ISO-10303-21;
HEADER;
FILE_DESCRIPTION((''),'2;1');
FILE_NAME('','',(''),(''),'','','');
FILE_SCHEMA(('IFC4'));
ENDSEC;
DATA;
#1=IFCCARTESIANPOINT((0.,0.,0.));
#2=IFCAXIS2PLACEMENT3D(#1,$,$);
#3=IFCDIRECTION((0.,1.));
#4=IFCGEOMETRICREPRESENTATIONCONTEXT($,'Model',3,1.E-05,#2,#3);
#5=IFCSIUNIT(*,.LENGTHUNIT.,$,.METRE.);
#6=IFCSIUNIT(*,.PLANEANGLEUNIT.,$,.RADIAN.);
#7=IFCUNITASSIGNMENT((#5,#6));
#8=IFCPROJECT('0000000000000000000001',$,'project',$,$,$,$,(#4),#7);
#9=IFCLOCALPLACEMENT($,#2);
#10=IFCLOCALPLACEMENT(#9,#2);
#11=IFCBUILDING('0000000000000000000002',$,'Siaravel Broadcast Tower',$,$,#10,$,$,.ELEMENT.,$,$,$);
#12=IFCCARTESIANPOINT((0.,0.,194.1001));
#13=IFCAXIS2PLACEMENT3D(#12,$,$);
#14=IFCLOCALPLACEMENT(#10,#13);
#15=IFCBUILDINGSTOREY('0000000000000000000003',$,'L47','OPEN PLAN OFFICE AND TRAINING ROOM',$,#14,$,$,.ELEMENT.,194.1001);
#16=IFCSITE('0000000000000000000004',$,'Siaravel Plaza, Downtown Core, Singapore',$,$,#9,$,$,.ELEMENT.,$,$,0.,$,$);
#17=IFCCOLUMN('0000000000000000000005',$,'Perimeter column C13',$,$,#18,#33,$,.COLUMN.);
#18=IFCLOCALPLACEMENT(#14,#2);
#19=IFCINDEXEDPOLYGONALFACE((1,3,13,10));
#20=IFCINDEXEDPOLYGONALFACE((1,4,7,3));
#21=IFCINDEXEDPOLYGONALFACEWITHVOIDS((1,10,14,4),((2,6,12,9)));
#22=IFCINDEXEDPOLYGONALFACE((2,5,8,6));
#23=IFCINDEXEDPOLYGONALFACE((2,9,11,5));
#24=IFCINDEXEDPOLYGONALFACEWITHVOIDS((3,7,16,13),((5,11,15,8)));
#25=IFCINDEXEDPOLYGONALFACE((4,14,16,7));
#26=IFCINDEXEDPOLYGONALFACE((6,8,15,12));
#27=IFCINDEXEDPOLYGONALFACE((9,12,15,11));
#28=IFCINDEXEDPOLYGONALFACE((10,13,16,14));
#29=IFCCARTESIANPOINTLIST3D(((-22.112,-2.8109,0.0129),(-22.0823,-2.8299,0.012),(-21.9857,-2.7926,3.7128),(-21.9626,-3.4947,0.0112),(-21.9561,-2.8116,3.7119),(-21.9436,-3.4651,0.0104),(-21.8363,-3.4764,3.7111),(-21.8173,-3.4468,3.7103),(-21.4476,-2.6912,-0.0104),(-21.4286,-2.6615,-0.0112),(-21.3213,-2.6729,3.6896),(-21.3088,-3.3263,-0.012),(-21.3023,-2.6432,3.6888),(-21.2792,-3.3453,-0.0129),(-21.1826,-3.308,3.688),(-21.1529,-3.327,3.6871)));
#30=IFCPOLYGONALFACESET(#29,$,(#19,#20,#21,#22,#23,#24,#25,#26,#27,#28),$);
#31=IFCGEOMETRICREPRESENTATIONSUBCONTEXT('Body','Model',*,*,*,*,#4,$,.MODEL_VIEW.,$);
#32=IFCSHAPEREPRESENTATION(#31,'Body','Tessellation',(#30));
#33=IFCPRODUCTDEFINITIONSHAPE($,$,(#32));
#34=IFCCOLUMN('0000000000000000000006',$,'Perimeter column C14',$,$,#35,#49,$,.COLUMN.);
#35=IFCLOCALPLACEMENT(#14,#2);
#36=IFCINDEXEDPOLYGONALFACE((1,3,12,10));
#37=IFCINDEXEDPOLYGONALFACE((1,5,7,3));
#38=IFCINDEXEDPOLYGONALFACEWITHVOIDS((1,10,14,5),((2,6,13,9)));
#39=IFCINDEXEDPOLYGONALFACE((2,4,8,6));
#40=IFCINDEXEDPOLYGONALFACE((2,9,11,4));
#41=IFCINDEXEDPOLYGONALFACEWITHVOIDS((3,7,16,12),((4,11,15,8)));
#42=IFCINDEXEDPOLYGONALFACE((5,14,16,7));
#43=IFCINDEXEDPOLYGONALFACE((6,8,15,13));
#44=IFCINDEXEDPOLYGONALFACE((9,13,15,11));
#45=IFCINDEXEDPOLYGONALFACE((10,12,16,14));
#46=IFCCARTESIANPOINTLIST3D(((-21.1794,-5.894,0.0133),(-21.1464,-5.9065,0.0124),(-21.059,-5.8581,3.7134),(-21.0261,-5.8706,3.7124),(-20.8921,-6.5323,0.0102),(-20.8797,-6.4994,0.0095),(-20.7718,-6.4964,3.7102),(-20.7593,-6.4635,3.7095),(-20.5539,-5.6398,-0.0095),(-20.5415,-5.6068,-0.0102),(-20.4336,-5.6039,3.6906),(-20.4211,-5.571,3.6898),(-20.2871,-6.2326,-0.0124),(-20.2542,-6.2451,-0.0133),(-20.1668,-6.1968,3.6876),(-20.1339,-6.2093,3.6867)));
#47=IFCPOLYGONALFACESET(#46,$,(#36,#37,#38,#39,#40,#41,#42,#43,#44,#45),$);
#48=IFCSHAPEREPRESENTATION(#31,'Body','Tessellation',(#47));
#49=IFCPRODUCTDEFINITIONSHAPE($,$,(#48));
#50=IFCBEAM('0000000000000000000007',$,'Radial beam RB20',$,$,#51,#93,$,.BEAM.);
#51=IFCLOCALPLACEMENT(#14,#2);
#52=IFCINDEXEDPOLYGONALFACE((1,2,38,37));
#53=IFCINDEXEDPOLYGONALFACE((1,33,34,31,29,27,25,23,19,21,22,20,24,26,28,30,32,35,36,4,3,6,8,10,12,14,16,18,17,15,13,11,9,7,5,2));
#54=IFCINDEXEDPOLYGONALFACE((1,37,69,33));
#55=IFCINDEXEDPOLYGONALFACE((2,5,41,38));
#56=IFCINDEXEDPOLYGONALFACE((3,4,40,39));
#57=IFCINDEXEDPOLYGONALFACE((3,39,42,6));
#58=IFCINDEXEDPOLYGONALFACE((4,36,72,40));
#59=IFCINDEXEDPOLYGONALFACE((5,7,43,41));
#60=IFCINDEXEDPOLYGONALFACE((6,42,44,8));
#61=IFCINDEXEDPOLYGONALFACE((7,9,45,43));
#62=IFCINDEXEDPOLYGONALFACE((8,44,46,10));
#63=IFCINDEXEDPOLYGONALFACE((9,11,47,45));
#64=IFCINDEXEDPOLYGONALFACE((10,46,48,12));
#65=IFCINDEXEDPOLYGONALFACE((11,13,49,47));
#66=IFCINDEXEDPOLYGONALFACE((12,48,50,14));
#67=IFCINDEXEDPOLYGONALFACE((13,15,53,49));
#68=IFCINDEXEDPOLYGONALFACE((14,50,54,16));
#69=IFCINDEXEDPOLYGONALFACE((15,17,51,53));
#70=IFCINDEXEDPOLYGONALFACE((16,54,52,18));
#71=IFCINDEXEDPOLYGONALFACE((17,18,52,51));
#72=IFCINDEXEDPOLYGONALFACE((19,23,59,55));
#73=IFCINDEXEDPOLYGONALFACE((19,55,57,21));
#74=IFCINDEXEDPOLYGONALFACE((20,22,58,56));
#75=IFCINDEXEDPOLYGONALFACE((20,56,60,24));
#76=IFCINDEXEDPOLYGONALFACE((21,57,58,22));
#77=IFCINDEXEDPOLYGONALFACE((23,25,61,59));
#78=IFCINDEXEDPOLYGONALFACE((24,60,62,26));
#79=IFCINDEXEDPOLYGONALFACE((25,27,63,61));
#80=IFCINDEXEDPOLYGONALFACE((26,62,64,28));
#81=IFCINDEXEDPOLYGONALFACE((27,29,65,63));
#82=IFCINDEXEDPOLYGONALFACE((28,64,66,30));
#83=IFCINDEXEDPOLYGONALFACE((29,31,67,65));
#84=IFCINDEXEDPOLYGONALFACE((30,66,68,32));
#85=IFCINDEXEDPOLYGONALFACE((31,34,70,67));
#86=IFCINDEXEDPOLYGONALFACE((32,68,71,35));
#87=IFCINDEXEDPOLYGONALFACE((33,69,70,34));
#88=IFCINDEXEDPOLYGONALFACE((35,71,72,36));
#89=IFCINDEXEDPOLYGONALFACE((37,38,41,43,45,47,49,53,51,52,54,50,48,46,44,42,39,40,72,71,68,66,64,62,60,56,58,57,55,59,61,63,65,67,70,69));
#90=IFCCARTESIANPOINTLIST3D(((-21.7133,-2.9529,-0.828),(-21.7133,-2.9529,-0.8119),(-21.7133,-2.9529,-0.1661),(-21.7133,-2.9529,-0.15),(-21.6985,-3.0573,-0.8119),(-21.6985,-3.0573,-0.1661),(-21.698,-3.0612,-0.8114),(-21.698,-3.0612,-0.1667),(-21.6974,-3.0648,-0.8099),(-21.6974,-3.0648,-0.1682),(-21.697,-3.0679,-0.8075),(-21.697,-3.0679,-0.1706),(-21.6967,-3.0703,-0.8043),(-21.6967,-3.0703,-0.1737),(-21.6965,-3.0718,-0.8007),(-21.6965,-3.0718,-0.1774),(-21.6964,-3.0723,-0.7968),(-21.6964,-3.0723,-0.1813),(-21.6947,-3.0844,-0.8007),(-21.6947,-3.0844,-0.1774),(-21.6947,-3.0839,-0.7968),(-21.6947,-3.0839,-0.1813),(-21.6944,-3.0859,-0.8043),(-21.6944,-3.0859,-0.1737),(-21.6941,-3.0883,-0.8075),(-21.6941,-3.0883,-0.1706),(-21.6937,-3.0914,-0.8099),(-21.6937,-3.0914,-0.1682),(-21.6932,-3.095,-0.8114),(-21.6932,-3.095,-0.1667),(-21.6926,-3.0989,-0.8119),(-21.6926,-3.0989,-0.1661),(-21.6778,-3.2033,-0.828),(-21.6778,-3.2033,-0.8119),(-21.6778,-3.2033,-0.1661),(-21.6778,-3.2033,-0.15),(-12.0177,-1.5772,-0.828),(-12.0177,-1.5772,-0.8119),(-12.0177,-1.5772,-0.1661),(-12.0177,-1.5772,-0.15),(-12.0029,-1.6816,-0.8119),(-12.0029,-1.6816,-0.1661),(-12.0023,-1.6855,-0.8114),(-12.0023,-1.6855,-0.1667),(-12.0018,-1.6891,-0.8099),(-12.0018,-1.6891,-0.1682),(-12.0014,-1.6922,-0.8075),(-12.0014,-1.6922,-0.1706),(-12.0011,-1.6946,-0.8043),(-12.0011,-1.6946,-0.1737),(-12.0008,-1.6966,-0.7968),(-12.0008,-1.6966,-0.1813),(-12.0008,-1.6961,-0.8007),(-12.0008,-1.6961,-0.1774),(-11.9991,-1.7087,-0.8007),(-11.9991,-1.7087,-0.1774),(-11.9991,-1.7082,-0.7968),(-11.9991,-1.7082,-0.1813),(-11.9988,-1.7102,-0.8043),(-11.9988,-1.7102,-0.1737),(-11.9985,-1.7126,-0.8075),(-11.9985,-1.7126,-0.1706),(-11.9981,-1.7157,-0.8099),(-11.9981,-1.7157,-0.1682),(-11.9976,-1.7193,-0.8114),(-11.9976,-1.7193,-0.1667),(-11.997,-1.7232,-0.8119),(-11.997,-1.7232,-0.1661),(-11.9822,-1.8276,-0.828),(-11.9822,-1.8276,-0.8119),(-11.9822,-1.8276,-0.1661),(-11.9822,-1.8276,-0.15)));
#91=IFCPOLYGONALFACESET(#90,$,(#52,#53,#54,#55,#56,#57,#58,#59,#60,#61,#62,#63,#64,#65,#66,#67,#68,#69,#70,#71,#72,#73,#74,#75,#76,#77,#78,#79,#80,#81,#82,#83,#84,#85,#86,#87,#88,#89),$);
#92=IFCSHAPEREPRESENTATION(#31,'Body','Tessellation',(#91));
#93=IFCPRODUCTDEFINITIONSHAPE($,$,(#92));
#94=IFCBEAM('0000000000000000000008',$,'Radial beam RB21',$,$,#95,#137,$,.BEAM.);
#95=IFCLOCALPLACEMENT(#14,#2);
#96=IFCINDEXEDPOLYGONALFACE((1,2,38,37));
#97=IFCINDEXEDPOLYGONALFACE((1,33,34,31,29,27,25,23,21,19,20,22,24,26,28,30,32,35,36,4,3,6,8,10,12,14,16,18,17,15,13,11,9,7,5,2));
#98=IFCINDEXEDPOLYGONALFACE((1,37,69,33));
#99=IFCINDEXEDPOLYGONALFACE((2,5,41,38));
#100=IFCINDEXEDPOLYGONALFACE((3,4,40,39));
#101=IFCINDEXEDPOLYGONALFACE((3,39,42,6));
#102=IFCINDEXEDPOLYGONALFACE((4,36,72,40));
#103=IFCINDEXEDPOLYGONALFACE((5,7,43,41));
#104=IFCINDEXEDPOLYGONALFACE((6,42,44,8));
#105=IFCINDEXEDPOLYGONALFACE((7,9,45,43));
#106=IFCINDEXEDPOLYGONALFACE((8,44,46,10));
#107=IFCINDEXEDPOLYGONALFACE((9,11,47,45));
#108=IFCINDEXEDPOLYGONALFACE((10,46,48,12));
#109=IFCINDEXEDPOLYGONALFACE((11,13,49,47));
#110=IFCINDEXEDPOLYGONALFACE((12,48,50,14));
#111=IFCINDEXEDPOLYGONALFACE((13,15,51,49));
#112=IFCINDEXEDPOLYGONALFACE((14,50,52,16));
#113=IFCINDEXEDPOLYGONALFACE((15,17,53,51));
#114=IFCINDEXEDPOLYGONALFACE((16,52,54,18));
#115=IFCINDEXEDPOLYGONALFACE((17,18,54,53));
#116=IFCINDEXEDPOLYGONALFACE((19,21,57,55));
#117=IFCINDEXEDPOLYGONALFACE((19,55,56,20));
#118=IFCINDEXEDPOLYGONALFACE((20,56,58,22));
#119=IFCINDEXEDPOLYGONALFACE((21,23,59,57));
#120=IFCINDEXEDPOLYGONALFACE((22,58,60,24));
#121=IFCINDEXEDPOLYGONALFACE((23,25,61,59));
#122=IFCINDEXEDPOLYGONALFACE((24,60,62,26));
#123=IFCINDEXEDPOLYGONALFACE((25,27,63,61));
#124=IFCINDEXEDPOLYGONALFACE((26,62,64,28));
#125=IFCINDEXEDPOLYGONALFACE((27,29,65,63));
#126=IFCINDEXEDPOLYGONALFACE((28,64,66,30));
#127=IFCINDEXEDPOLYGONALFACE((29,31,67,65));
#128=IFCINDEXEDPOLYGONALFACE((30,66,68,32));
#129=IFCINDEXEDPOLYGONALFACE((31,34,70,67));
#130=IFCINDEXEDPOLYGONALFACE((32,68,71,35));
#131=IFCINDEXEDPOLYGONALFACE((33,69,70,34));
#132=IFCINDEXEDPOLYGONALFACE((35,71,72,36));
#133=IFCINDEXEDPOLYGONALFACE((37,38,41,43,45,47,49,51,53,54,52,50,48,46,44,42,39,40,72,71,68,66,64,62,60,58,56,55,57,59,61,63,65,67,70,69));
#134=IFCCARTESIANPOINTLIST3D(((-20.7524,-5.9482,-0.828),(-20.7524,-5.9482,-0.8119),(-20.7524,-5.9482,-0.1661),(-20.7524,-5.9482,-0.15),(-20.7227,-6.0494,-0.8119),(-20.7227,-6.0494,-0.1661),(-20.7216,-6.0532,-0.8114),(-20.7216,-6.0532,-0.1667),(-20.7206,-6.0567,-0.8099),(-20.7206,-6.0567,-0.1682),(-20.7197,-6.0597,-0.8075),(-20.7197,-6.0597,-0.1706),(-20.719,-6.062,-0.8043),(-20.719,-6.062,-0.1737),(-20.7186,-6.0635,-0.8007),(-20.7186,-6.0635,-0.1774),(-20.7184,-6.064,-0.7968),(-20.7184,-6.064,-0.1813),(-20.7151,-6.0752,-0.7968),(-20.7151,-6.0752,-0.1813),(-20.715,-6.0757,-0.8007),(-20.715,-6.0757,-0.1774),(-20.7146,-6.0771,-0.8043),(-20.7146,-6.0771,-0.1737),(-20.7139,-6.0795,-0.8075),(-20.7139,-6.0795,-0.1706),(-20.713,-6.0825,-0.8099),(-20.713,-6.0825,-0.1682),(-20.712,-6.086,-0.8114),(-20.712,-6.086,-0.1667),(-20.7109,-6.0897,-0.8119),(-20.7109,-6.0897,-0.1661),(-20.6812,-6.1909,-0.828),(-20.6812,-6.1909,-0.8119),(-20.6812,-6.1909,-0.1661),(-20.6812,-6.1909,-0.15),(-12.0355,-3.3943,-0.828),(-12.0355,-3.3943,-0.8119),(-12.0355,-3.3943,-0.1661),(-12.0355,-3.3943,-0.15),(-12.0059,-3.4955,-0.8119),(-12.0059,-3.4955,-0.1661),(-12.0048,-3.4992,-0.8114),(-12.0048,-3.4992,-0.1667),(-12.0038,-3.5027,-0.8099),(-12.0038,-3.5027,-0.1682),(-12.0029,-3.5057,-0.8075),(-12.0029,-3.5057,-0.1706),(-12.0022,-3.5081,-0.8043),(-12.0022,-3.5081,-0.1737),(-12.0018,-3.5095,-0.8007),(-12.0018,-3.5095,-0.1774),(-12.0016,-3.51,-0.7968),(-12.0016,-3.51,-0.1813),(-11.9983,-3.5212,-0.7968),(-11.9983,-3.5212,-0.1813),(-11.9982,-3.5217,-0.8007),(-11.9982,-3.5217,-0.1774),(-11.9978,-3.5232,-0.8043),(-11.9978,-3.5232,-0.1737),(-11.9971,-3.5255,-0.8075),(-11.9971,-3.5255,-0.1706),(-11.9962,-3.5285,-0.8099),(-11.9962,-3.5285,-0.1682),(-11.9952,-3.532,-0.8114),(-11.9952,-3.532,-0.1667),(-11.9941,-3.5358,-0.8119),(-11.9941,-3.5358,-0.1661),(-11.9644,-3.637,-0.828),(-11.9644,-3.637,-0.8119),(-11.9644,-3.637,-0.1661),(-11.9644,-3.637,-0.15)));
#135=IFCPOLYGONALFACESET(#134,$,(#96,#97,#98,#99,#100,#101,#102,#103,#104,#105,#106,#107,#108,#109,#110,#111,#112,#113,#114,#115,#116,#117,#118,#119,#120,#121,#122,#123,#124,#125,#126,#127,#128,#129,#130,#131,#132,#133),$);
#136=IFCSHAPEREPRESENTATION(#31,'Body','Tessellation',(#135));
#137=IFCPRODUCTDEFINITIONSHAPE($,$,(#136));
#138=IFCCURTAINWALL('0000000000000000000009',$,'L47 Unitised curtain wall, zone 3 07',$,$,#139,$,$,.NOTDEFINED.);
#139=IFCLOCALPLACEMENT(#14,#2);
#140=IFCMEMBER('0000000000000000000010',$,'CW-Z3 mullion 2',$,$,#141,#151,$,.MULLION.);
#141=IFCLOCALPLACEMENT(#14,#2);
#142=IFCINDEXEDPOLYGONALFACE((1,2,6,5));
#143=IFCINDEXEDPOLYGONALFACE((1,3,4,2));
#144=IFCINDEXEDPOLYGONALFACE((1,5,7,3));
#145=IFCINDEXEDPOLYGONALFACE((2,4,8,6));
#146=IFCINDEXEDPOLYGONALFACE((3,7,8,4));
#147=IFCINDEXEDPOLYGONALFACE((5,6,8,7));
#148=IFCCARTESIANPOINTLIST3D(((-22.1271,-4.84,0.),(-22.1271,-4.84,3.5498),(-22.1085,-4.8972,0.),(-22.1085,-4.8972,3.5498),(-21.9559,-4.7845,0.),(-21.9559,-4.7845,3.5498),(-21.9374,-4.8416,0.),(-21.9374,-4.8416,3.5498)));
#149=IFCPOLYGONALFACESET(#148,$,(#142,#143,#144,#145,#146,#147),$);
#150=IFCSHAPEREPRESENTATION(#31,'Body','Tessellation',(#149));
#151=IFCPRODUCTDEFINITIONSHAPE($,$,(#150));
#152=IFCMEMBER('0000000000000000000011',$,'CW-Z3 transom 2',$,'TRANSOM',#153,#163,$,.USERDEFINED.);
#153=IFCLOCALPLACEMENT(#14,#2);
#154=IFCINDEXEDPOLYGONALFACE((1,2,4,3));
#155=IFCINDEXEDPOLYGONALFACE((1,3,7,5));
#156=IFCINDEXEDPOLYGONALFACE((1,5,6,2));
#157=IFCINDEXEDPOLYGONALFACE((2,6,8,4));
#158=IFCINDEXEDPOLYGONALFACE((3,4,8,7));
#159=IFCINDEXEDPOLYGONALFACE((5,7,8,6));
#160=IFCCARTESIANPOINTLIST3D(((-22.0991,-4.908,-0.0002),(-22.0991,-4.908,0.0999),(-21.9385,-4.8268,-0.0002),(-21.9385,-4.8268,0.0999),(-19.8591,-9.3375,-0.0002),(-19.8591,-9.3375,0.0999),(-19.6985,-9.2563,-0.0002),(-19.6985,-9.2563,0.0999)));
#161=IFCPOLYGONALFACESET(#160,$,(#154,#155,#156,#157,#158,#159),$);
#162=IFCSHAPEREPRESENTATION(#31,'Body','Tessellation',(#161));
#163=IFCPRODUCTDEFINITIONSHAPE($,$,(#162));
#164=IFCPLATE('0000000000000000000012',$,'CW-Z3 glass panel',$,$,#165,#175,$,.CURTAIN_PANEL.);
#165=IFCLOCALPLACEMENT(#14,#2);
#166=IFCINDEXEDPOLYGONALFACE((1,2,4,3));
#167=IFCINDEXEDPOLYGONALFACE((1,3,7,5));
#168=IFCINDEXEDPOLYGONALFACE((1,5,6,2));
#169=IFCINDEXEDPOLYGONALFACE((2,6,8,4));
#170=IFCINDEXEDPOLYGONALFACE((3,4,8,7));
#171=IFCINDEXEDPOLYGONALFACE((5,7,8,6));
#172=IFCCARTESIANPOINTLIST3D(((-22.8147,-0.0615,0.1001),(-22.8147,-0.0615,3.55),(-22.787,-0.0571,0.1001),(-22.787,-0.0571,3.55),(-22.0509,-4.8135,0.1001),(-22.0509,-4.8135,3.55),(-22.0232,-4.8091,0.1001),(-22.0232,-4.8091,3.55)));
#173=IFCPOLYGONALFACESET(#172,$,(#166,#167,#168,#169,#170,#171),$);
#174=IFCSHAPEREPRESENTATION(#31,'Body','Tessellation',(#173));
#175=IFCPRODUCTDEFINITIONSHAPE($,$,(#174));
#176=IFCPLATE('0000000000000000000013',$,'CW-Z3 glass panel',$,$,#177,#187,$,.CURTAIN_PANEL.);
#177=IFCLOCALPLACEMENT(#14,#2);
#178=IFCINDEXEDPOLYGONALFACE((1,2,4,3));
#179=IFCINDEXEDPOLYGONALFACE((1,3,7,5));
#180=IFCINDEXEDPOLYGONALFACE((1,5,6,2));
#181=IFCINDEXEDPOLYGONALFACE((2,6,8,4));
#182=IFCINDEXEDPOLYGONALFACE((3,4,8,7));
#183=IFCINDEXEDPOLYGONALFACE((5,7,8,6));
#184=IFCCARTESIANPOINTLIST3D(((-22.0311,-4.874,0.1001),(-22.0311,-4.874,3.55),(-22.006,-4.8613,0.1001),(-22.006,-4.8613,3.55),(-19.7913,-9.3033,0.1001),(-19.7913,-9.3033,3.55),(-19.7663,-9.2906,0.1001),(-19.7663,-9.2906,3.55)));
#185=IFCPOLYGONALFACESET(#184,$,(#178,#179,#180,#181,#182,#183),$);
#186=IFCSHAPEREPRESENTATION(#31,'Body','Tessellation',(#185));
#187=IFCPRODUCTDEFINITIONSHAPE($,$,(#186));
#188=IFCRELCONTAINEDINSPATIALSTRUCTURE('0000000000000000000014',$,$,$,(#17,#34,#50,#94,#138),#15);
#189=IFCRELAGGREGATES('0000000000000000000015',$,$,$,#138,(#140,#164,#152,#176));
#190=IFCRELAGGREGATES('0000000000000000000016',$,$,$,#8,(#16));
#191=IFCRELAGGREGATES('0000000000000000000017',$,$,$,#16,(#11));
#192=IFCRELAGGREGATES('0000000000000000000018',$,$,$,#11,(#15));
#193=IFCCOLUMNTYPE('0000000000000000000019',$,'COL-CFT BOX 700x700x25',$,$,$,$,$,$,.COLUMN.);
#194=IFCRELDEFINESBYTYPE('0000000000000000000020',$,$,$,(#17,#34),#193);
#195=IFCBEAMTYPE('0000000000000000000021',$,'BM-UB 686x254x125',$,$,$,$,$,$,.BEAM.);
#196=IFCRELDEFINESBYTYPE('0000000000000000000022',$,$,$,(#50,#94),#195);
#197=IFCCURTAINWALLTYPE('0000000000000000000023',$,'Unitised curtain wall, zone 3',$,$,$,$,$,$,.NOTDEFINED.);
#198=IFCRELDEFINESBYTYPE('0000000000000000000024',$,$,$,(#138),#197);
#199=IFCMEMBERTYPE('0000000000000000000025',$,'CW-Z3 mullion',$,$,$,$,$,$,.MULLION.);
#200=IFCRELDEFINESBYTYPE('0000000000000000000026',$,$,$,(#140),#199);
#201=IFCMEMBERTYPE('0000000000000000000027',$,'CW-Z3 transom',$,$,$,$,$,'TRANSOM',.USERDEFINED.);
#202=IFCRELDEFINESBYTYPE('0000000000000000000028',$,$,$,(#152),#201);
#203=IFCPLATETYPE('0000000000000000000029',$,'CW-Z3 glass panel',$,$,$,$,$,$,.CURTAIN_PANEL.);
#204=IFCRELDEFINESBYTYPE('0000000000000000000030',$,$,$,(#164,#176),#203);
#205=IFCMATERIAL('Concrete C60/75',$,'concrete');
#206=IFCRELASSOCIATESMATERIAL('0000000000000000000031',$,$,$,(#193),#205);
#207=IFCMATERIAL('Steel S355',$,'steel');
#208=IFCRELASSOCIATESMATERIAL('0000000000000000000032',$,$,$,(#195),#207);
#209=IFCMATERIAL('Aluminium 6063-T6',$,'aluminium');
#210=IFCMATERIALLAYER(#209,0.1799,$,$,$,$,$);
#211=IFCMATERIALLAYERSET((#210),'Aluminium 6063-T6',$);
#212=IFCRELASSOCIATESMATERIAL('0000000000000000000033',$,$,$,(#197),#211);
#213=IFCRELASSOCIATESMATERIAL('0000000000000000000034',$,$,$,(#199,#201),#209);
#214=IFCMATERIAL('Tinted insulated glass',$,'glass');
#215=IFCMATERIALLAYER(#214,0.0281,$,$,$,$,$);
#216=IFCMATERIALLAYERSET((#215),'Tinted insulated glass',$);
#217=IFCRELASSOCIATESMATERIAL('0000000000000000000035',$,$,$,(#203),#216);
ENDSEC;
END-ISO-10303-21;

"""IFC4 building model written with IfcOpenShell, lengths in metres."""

from ifc_helpers import new_model, si_unit, direction, frame, origin, origin_2d, place, context, subcontext, project, spatial, rectangle, hollow_rectangle, i_section, extrude, material, layer, layer_set, material_profile, profile_set, type_object, element, aggregate, save


model = new_model("IFC4")

# Units and contexts
model_context = context("Model", 3, precision=1e-05, world=origin(), true_north=direction((0.0, 1.0)))
body_context = subcontext(model_context, "Body", "Model", "MODEL_VIEW")
ifc_project = project(units=[si_unit("LENGTHUNIT", "METRE"), si_unit("PLANEANGLEUNIT", "RADIAN")], contexts=[model_context])

# Site, building, storey
site_placement = place(None, origin())
site = spatial("IfcSite", under=ifc_project, at=site_placement, Name="Siaravel Plaza, Downtown Core, Singapore", CompositionType="ELEMENT", RefElevation=0.0)
building_placement = place(site_placement, origin())
building = spatial("IfcBuilding", under=site, at=building_placement, Name="Siaravel Broadcast Tower", CompositionType="ELEMENT")
storey_placement = place(building_placement, frame((0.0, 0.0, 194.1001)))
storey = spatial("IfcBuildingStorey", under=building, at=storey_placement, Name="L47", Description="OPEN PLAN OFFICE AND TRAINING ROOM", CompositionType="ELEMENT", Elevation=194.1001)

# Columns
ifc_material_1 = material(Name="Concrete C60/75", Category="concrete")
ifc_material_profile_1 = material_profile(ifc_material_1, hollow_rectangle(XDim=0.7, YDim=0.7, WallThickness=0.0249, at=origin_2d()))
ifc_profile_set_1 = profile_set([ifc_material_profile_1], Name="Concrete C60/75")
column_type = type_object("IfcColumnType", Name="COL-CFT BOX 700x700x25", PredefinedType="COLUMN", material=ifc_profile_set_1)
for number, where, z_axis, x_axis, name in (
    (1, (-21.6956, -3.0781, 0.0), (0.034094, 0.004946, 0.999406), (-0.213452, 0.97695, 0.002447), "Perimeter column C13"),
    (2, (-20.7168, -6.0696, 0.0), (0.032512, 0.009694, 0.999424), (-0.410363, 0.911911, 0.004504), "Perimeter column C14"),
):
    element("IfcColumn", number, at=place(storey_placement, frame(where, z_axis=z_axis, x_axis=x_axis)), inside=storey, type_object=column_type, Name=name, PredefinedType="COLUMN", context=body_context, shape_type="SweptSolid", body=[
        extrude(hollow_rectangle(XDim=0.7, YDim=0.7, WallThickness=0.0249, at=origin_2d()), origin(), (0.0, 0.0, 1.0), 3.7021),
    ])

# Beams
ifc_material_2 = material(Name="Steel S355", Category="steel")
ifc_material_profile_2 = material_profile(ifc_material_2, i_section(OverallWidth=0.2529, OverallDepth=0.678, WebThickness=0.0117, FlangeThickness=0.0161, FilletRadius=0.0151, at=origin_2d()))
ifc_profile_set_2 = profile_set([ifc_material_profile_2], Name="Steel S355")
beam_type = type_object("IfcBeamType", Name="BM-UB 686x254x125", PredefinedType="BEAM", material=ifc_profile_set_2)
beam_1_placement = place(storey_placement, frame((-21.6956, -3.0781, -0.489), z_axis=(0.990083, 0.140486, 0.0), x_axis=(-0.140486, 0.990083, 0.0)))
element("IfcBeam", 3, at=beam_1_placement, inside=storey, type_object=beam_type, Name="Radial beam RB20", PredefinedType="BEAM", context=body_context, shape_type="SweptSolid", body=[
    extrude(i_section(OverallWidth=0.2529, OverallDepth=0.678, WebThickness=0.0117, FlangeThickness=0.0161, FilletRadius=0.0151, at=origin_2d()), origin(), (0.0, 0.0, 1.0), 9.7927),
])
beam_2_placement = place(storey_placement, frame((-20.7168, -6.0696, -0.489), z_axis=(0.959657, 0.281172, 0.0), x_axis=(-0.281172, 0.959657, 0.0)))
element("IfcBeam", 4, at=beam_2_placement, inside=storey, type_object=beam_type, Name="Radial beam RB21", PredefinedType="BEAM", context=body_context, shape_type="SweptSolid", body=[
    extrude(i_section(OverallWidth=0.2529, OverallDepth=0.678, WebThickness=0.0117, FlangeThickness=0.0161, FilletRadius=0.0151, at=origin_2d()), origin(), (0.0, 0.0, 1.0), 9.0833),
])

# Curtain wall, members, plates
ifc_material_3 = material(Name="Aluminium 6063-T6", Category="aluminium")
ifc_layer_1 = layer(ifc_material_3, 0.1799)
ifc_layer_set_1 = layer_set([ifc_layer_1], Name="Aluminium 6063-T6")
curtain_wall_type = type_object("IfcCurtainWallType", Name="Unitised curtain wall, zone 3", PredefinedType="NOTDEFINED", material=ifc_layer_set_1)
curtain_wall_placement = place(storey_placement, origin())
curtain_wall = element("IfcCurtainWall", 5, at=curtain_wall_placement, inside=storey, type_object=curtain_wall_type, Name="L47 Unitised curtain wall, zone 3 07", PredefinedType="NOTDEFINED")
ifc_material_profile_3 = material_profile(ifc_material_3, rectangle(XDim=0.1799, YDim=0.0601, at=origin_2d()))
ifc_profile_set_3 = profile_set([ifc_material_profile_3], Name="Aluminium 6063-T6")
member_type_1 = type_object("IfcMemberType", Name="CW-Z3 mullion", PredefinedType="MULLION", material=ifc_profile_set_3)
member_1_placement = place(storey_placement, frame((-22.0322, -4.8408, 0.0), z_axis=(0.0, 0.0, 1.0), x_axis=(0.951177, 0.308645, 0.0)))
member_1 = element("IfcMember", 6, at=member_1_placement, type_object=member_type_1, Name="CW-Z3 mullion 2", PredefinedType="MULLION", context=body_context, shape_type="SweptSolid", body=[
    extrude(rectangle(XDim=0.1799, YDim=0.0601, at=origin_2d()), origin(), (0.0, 0.0, 1.0), 3.5498),
])
ifc_material_profile_4 = material_profile(ifc_material_3, rectangle(XDim=0.1799, YDim=0.1001, at=origin_2d()))
ifc_profile_set_4 = profile_set([ifc_material_profile_4], Name="Aluminium 6063-T6")
member_type_2 = type_object("IfcMemberType", Name="CW-Z3 transom", ElementType="TRANSOM", PredefinedType="USERDEFINED", material=ifc_profile_set_4)
member_2_placement = place(storey_placement, frame((-22.0188, -4.8674, 0.0498), z_axis=(0.451282, -0.892382, 0.0), x_axis=(0.892382, 0.451282, 0.0)))
member_2 = element("IfcMember", 7, at=member_2_placement, type_object=member_type_2, Name="CW-Z3 transom 2", ObjectType="TRANSOM", PredefinedType="USERDEFINED", context=body_context, shape_type="SweptSolid", body=[
    extrude(rectangle(XDim=0.1799, YDim=0.1001, at=origin_2d()), origin(), (0.0, 0.0, 1.0), 4.9636),
])
ifc_material_4 = material(Name="Tinted insulated glass", Category="glass")
ifc_layer_2 = layer(ifc_material_4, 0.0281)
ifc_layer_set_2 = layer_set([ifc_layer_2], Name="Tinted insulated glass")
plate_type = type_object("IfcPlateType", Name="CW-Z3 glass panel", PredefinedType="CURTAIN_PANEL", material=ifc_layer_set_2)
plate_1_placement = place(storey_placement, frame((-22.4189, -2.4353, 0.1001), z_axis=(0.0, 0.0, 1.0), x_axis=(0.158685, -0.987329, 0.0)))
plate_1 = element("IfcPlate", 8, at=plate_1_placement, type_object=plate_type, Name="CW-Z3 glass panel", PredefinedType="CURTAIN_PANEL", context=body_context, shape_type="SweptSolid", body=[
    extrude(rectangle(XDim=4.813, YDim=0.0281, at=origin_2d()), origin(), (0.0, 0.0, 1.0), 3.45),
])
plate_2_placement = place(storey_placement, frame((-20.8987, -7.0823, 0.1001), z_axis=(0.0, 0.0, 1.0), x_axis=(0.451261, -0.892392, 0.0)))
plate_2 = element("IfcPlate", 9, at=plate_2_placement, type_object=plate_type, Name="CW-Z3 glass panel", PredefinedType="CURTAIN_PANEL", context=body_context, shape_type="SweptSolid", body=[
    extrude(rectangle(XDim=4.9634, YDim=0.0281, at=origin_2d()), origin(), (0.0, 0.0, 1.0), 3.45),
])
aggregate(curtain_wall, [member_1, plate_1, member_2, plate_2])

save(model, "model.ifc")
